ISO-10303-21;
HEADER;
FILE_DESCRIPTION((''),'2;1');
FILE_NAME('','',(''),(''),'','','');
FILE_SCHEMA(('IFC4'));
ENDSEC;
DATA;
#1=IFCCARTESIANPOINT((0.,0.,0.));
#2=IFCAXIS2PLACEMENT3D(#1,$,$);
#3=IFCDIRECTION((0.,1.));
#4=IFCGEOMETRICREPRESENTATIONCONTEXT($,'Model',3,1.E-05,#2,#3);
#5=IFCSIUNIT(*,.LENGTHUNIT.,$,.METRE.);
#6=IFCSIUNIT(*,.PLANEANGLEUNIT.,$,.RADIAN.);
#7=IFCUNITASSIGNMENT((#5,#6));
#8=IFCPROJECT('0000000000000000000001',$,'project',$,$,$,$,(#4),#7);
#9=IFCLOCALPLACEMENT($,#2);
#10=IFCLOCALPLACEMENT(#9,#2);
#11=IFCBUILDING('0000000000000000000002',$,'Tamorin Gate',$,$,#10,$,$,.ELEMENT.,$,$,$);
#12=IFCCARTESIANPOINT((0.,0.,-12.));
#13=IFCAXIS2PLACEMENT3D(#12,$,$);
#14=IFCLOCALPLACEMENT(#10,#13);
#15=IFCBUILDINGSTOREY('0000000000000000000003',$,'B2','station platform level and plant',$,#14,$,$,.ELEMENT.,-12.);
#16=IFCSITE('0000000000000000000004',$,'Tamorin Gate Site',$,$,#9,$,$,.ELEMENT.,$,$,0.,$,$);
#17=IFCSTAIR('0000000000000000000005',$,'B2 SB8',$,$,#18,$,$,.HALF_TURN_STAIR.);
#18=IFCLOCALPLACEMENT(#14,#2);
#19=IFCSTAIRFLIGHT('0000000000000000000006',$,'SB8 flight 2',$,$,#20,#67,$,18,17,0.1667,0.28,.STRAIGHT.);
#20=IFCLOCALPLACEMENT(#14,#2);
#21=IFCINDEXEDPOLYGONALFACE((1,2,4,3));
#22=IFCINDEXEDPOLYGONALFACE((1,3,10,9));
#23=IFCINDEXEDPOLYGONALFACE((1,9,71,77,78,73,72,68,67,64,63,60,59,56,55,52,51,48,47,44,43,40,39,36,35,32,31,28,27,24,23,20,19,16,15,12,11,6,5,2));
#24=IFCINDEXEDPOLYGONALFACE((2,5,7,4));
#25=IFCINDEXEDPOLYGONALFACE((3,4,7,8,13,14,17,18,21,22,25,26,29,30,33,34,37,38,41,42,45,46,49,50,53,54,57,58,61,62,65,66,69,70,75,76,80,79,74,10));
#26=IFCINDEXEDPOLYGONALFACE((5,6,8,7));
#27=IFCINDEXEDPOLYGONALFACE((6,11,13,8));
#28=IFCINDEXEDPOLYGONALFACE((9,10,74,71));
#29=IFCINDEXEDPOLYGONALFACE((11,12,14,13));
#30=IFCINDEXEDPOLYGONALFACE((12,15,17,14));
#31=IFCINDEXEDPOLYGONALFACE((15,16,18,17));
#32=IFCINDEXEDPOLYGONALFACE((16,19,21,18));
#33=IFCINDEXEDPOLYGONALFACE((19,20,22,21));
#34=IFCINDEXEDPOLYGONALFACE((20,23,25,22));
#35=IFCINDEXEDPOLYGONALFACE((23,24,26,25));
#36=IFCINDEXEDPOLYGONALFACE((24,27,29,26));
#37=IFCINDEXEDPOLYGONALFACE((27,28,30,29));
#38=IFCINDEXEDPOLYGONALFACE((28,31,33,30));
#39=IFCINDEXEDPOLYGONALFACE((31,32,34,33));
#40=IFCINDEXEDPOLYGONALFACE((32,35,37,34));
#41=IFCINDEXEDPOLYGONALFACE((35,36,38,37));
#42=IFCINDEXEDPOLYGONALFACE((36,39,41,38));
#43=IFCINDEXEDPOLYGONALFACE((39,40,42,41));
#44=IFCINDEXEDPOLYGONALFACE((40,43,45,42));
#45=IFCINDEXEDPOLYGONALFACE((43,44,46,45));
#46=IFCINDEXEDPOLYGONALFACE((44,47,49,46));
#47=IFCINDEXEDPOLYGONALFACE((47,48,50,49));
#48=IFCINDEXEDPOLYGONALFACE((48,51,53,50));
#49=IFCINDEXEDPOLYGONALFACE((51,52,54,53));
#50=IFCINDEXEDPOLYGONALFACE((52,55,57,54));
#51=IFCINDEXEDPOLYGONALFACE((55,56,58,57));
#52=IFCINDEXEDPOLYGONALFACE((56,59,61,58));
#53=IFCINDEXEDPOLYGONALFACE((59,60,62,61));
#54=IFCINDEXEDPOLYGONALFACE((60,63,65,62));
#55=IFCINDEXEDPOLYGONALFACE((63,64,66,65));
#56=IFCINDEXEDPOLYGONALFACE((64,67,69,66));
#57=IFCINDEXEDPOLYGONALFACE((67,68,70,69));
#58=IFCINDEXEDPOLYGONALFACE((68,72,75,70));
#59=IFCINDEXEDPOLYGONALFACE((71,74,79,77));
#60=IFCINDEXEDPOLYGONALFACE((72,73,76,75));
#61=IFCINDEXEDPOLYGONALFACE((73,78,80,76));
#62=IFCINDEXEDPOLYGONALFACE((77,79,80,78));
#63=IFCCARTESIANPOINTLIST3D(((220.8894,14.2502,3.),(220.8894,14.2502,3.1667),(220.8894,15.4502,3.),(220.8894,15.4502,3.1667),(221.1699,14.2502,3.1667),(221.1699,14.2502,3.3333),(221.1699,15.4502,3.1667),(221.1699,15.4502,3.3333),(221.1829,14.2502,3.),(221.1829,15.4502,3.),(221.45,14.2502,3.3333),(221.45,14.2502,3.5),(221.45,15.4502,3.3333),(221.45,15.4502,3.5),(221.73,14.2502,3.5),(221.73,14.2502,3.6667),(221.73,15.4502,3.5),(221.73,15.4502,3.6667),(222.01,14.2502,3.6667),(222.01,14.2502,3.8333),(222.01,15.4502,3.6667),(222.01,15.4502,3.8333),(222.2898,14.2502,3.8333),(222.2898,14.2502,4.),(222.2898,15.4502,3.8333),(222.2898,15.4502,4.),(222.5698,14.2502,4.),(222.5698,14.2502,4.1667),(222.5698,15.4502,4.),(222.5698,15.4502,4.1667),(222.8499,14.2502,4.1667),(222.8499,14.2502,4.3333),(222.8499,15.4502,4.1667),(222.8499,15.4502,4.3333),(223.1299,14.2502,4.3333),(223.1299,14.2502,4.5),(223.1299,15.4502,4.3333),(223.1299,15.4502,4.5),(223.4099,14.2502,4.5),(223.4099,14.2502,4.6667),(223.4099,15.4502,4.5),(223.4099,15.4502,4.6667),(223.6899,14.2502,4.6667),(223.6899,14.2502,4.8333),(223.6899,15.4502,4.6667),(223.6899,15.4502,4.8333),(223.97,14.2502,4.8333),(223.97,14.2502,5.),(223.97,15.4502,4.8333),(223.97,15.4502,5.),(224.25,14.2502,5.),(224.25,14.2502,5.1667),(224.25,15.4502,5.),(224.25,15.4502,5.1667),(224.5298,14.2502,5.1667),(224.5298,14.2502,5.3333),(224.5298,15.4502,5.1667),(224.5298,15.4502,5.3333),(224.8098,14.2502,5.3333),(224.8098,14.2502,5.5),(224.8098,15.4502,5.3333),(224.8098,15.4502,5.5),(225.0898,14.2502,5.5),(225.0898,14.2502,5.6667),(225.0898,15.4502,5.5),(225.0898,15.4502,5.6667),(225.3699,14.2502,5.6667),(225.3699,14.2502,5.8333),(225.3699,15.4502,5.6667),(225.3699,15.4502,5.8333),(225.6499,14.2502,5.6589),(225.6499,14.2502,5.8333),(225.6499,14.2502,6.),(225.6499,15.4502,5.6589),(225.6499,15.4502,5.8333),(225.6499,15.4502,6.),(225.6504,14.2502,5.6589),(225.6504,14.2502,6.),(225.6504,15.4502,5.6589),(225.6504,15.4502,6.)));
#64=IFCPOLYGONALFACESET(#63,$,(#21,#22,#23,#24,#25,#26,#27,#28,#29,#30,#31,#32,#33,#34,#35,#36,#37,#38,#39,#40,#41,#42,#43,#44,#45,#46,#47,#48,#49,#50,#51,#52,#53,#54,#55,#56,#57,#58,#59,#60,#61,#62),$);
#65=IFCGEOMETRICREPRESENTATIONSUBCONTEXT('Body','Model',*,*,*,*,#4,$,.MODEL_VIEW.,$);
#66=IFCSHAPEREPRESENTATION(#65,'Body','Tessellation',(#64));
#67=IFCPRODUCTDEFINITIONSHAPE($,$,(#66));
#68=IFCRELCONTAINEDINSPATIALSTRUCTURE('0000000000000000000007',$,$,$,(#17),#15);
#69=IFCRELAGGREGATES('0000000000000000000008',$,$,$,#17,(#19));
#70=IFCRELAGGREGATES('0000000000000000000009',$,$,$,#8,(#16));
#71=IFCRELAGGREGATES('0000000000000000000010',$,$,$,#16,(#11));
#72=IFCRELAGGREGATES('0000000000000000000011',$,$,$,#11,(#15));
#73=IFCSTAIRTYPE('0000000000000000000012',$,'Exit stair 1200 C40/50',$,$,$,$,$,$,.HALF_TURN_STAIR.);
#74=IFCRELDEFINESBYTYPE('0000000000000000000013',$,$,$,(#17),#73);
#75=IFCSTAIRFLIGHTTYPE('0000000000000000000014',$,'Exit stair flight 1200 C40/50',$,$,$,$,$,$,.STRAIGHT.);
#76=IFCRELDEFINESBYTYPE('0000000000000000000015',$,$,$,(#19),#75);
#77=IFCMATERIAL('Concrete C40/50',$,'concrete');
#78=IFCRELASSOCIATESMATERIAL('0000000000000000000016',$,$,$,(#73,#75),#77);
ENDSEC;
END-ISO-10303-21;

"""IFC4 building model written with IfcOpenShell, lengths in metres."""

from ifc_helpers import new_model, si_unit, direction, frame, origin, place, context, subcontext, project, spatial, polyline, outline, extrude, material, type_object, element, aggregate, save


model = new_model("IFC4")

# Units and contexts
model_context = context("Model", 3, precision=1e-05, world=origin(), true_north=direction((0.0, 1.0)))
body_context = subcontext(model_context, "Body", "Model", "MODEL_VIEW")
ifc_project = project(units=[si_unit("LENGTHUNIT", "METRE"), si_unit("PLANEANGLEUNIT", "RADIAN")], contexts=[model_context])

# Site, building, storey
site_placement = place(None, origin())
site = spatial("IfcSite", under=ifc_project, at=site_placement, Name="Tamorin Gate Site", CompositionType="ELEMENT", RefElevation=0.0)
building_placement = place(site_placement, origin())
building = spatial("IfcBuilding", under=site, at=building_placement, Name="Tamorin Gate", CompositionType="ELEMENT")
storey_placement = place(building_placement, frame((0.0, 0.0, -12.0)))
storey = spatial("IfcBuildingStorey", under=building, at=storey_placement, Name="B2", Description="station platform level and plant", CompositionType="ELEMENT", Elevation=-12.0)

# Shared definitions
ifc_material_1 = material(Name="Concrete C40/50", Category="concrete")

# Stair, stair flight
stair_type = type_object("IfcStairType", Name="Exit stair 1200 C40/50", PredefinedType="HALF_TURN_STAIR", material=ifc_material_1)
stair_placement = place(storey_placement, origin())
stair = element("IfcStair", 1, at=stair_placement, inside=storey, type_object=stair_type, Name="B2 SB8", PredefinedType="HALF_TURN_STAIR")
stair_flight_type = type_object("IfcStairFlightType", Name="Exit stair flight 1200 C40/50", PredefinedType="STRAIGHT", material=ifc_material_1)
stair_flight_1_placement = place(storey_placement, frame((220.8899, 14.8501, 3.0), z_axis=(0.0, 0.0, 1.0), x_axis=(1.0, 0.0, 0.0)))
stair_flight_1 = element("IfcStairFlight", 2, at=stair_flight_1_placement, type_object=stair_flight_type, Name="SB8 flight 2", NumberOfRisers=18, NumberOfTreads=17, PredefinedType="STRAIGHT", RiserHeight=0.1667, TreadLength=0.28, context=body_context, shape_type="SweptSolid", body=[
    extrude(outline(polyline([(-0.0005, 0.0), (-0.0005, 0.1667), (0.28, 0.1667), (0.28, 0.3333), (0.5601, 0.3333), (0.5601, 0.5), (0.8401, 0.5), (0.8401, 0.6667), (1.1201, 0.6667), (1.1201, 0.8333), (1.3999, 0.8333), (1.3999, 1.0), (1.6799, 1.0), (1.6799, 1.1667), (1.96, 1.1667), (1.96, 1.3333), (2.24, 1.3333), (2.24, 1.5), (2.52, 1.5), (2.52, 1.6667), (2.8, 1.6667), (2.8, 1.8333), (3.0801, 1.8333), (3.0801, 2.0), (3.3601, 2.0), (3.3601, 2.1667), (3.6399, 2.1667), (3.6399, 2.3333), (3.9199, 2.3333), (3.9199, 2.5), (4.2, 2.5), (4.2, 2.6667), (4.48, 2.6667), (4.48, 2.8333), (4.76, 2.8333), (4.76, 3.0), (4.7605, 3.0), (4.7605, 2.6589), (4.76, 2.6589), (0.293, 0.0), (-0.0005, 0.0)])), frame((0.0, 0.6001, 0.0), z_axis=(0.0, -1.0, 0.0), x_axis=(1.0, 0.0, 0.0)), (0.0, 0.0, 1.0), 1.2),
])
aggregate(stair, [stair_flight_1])

save(model, "model.ifc")
